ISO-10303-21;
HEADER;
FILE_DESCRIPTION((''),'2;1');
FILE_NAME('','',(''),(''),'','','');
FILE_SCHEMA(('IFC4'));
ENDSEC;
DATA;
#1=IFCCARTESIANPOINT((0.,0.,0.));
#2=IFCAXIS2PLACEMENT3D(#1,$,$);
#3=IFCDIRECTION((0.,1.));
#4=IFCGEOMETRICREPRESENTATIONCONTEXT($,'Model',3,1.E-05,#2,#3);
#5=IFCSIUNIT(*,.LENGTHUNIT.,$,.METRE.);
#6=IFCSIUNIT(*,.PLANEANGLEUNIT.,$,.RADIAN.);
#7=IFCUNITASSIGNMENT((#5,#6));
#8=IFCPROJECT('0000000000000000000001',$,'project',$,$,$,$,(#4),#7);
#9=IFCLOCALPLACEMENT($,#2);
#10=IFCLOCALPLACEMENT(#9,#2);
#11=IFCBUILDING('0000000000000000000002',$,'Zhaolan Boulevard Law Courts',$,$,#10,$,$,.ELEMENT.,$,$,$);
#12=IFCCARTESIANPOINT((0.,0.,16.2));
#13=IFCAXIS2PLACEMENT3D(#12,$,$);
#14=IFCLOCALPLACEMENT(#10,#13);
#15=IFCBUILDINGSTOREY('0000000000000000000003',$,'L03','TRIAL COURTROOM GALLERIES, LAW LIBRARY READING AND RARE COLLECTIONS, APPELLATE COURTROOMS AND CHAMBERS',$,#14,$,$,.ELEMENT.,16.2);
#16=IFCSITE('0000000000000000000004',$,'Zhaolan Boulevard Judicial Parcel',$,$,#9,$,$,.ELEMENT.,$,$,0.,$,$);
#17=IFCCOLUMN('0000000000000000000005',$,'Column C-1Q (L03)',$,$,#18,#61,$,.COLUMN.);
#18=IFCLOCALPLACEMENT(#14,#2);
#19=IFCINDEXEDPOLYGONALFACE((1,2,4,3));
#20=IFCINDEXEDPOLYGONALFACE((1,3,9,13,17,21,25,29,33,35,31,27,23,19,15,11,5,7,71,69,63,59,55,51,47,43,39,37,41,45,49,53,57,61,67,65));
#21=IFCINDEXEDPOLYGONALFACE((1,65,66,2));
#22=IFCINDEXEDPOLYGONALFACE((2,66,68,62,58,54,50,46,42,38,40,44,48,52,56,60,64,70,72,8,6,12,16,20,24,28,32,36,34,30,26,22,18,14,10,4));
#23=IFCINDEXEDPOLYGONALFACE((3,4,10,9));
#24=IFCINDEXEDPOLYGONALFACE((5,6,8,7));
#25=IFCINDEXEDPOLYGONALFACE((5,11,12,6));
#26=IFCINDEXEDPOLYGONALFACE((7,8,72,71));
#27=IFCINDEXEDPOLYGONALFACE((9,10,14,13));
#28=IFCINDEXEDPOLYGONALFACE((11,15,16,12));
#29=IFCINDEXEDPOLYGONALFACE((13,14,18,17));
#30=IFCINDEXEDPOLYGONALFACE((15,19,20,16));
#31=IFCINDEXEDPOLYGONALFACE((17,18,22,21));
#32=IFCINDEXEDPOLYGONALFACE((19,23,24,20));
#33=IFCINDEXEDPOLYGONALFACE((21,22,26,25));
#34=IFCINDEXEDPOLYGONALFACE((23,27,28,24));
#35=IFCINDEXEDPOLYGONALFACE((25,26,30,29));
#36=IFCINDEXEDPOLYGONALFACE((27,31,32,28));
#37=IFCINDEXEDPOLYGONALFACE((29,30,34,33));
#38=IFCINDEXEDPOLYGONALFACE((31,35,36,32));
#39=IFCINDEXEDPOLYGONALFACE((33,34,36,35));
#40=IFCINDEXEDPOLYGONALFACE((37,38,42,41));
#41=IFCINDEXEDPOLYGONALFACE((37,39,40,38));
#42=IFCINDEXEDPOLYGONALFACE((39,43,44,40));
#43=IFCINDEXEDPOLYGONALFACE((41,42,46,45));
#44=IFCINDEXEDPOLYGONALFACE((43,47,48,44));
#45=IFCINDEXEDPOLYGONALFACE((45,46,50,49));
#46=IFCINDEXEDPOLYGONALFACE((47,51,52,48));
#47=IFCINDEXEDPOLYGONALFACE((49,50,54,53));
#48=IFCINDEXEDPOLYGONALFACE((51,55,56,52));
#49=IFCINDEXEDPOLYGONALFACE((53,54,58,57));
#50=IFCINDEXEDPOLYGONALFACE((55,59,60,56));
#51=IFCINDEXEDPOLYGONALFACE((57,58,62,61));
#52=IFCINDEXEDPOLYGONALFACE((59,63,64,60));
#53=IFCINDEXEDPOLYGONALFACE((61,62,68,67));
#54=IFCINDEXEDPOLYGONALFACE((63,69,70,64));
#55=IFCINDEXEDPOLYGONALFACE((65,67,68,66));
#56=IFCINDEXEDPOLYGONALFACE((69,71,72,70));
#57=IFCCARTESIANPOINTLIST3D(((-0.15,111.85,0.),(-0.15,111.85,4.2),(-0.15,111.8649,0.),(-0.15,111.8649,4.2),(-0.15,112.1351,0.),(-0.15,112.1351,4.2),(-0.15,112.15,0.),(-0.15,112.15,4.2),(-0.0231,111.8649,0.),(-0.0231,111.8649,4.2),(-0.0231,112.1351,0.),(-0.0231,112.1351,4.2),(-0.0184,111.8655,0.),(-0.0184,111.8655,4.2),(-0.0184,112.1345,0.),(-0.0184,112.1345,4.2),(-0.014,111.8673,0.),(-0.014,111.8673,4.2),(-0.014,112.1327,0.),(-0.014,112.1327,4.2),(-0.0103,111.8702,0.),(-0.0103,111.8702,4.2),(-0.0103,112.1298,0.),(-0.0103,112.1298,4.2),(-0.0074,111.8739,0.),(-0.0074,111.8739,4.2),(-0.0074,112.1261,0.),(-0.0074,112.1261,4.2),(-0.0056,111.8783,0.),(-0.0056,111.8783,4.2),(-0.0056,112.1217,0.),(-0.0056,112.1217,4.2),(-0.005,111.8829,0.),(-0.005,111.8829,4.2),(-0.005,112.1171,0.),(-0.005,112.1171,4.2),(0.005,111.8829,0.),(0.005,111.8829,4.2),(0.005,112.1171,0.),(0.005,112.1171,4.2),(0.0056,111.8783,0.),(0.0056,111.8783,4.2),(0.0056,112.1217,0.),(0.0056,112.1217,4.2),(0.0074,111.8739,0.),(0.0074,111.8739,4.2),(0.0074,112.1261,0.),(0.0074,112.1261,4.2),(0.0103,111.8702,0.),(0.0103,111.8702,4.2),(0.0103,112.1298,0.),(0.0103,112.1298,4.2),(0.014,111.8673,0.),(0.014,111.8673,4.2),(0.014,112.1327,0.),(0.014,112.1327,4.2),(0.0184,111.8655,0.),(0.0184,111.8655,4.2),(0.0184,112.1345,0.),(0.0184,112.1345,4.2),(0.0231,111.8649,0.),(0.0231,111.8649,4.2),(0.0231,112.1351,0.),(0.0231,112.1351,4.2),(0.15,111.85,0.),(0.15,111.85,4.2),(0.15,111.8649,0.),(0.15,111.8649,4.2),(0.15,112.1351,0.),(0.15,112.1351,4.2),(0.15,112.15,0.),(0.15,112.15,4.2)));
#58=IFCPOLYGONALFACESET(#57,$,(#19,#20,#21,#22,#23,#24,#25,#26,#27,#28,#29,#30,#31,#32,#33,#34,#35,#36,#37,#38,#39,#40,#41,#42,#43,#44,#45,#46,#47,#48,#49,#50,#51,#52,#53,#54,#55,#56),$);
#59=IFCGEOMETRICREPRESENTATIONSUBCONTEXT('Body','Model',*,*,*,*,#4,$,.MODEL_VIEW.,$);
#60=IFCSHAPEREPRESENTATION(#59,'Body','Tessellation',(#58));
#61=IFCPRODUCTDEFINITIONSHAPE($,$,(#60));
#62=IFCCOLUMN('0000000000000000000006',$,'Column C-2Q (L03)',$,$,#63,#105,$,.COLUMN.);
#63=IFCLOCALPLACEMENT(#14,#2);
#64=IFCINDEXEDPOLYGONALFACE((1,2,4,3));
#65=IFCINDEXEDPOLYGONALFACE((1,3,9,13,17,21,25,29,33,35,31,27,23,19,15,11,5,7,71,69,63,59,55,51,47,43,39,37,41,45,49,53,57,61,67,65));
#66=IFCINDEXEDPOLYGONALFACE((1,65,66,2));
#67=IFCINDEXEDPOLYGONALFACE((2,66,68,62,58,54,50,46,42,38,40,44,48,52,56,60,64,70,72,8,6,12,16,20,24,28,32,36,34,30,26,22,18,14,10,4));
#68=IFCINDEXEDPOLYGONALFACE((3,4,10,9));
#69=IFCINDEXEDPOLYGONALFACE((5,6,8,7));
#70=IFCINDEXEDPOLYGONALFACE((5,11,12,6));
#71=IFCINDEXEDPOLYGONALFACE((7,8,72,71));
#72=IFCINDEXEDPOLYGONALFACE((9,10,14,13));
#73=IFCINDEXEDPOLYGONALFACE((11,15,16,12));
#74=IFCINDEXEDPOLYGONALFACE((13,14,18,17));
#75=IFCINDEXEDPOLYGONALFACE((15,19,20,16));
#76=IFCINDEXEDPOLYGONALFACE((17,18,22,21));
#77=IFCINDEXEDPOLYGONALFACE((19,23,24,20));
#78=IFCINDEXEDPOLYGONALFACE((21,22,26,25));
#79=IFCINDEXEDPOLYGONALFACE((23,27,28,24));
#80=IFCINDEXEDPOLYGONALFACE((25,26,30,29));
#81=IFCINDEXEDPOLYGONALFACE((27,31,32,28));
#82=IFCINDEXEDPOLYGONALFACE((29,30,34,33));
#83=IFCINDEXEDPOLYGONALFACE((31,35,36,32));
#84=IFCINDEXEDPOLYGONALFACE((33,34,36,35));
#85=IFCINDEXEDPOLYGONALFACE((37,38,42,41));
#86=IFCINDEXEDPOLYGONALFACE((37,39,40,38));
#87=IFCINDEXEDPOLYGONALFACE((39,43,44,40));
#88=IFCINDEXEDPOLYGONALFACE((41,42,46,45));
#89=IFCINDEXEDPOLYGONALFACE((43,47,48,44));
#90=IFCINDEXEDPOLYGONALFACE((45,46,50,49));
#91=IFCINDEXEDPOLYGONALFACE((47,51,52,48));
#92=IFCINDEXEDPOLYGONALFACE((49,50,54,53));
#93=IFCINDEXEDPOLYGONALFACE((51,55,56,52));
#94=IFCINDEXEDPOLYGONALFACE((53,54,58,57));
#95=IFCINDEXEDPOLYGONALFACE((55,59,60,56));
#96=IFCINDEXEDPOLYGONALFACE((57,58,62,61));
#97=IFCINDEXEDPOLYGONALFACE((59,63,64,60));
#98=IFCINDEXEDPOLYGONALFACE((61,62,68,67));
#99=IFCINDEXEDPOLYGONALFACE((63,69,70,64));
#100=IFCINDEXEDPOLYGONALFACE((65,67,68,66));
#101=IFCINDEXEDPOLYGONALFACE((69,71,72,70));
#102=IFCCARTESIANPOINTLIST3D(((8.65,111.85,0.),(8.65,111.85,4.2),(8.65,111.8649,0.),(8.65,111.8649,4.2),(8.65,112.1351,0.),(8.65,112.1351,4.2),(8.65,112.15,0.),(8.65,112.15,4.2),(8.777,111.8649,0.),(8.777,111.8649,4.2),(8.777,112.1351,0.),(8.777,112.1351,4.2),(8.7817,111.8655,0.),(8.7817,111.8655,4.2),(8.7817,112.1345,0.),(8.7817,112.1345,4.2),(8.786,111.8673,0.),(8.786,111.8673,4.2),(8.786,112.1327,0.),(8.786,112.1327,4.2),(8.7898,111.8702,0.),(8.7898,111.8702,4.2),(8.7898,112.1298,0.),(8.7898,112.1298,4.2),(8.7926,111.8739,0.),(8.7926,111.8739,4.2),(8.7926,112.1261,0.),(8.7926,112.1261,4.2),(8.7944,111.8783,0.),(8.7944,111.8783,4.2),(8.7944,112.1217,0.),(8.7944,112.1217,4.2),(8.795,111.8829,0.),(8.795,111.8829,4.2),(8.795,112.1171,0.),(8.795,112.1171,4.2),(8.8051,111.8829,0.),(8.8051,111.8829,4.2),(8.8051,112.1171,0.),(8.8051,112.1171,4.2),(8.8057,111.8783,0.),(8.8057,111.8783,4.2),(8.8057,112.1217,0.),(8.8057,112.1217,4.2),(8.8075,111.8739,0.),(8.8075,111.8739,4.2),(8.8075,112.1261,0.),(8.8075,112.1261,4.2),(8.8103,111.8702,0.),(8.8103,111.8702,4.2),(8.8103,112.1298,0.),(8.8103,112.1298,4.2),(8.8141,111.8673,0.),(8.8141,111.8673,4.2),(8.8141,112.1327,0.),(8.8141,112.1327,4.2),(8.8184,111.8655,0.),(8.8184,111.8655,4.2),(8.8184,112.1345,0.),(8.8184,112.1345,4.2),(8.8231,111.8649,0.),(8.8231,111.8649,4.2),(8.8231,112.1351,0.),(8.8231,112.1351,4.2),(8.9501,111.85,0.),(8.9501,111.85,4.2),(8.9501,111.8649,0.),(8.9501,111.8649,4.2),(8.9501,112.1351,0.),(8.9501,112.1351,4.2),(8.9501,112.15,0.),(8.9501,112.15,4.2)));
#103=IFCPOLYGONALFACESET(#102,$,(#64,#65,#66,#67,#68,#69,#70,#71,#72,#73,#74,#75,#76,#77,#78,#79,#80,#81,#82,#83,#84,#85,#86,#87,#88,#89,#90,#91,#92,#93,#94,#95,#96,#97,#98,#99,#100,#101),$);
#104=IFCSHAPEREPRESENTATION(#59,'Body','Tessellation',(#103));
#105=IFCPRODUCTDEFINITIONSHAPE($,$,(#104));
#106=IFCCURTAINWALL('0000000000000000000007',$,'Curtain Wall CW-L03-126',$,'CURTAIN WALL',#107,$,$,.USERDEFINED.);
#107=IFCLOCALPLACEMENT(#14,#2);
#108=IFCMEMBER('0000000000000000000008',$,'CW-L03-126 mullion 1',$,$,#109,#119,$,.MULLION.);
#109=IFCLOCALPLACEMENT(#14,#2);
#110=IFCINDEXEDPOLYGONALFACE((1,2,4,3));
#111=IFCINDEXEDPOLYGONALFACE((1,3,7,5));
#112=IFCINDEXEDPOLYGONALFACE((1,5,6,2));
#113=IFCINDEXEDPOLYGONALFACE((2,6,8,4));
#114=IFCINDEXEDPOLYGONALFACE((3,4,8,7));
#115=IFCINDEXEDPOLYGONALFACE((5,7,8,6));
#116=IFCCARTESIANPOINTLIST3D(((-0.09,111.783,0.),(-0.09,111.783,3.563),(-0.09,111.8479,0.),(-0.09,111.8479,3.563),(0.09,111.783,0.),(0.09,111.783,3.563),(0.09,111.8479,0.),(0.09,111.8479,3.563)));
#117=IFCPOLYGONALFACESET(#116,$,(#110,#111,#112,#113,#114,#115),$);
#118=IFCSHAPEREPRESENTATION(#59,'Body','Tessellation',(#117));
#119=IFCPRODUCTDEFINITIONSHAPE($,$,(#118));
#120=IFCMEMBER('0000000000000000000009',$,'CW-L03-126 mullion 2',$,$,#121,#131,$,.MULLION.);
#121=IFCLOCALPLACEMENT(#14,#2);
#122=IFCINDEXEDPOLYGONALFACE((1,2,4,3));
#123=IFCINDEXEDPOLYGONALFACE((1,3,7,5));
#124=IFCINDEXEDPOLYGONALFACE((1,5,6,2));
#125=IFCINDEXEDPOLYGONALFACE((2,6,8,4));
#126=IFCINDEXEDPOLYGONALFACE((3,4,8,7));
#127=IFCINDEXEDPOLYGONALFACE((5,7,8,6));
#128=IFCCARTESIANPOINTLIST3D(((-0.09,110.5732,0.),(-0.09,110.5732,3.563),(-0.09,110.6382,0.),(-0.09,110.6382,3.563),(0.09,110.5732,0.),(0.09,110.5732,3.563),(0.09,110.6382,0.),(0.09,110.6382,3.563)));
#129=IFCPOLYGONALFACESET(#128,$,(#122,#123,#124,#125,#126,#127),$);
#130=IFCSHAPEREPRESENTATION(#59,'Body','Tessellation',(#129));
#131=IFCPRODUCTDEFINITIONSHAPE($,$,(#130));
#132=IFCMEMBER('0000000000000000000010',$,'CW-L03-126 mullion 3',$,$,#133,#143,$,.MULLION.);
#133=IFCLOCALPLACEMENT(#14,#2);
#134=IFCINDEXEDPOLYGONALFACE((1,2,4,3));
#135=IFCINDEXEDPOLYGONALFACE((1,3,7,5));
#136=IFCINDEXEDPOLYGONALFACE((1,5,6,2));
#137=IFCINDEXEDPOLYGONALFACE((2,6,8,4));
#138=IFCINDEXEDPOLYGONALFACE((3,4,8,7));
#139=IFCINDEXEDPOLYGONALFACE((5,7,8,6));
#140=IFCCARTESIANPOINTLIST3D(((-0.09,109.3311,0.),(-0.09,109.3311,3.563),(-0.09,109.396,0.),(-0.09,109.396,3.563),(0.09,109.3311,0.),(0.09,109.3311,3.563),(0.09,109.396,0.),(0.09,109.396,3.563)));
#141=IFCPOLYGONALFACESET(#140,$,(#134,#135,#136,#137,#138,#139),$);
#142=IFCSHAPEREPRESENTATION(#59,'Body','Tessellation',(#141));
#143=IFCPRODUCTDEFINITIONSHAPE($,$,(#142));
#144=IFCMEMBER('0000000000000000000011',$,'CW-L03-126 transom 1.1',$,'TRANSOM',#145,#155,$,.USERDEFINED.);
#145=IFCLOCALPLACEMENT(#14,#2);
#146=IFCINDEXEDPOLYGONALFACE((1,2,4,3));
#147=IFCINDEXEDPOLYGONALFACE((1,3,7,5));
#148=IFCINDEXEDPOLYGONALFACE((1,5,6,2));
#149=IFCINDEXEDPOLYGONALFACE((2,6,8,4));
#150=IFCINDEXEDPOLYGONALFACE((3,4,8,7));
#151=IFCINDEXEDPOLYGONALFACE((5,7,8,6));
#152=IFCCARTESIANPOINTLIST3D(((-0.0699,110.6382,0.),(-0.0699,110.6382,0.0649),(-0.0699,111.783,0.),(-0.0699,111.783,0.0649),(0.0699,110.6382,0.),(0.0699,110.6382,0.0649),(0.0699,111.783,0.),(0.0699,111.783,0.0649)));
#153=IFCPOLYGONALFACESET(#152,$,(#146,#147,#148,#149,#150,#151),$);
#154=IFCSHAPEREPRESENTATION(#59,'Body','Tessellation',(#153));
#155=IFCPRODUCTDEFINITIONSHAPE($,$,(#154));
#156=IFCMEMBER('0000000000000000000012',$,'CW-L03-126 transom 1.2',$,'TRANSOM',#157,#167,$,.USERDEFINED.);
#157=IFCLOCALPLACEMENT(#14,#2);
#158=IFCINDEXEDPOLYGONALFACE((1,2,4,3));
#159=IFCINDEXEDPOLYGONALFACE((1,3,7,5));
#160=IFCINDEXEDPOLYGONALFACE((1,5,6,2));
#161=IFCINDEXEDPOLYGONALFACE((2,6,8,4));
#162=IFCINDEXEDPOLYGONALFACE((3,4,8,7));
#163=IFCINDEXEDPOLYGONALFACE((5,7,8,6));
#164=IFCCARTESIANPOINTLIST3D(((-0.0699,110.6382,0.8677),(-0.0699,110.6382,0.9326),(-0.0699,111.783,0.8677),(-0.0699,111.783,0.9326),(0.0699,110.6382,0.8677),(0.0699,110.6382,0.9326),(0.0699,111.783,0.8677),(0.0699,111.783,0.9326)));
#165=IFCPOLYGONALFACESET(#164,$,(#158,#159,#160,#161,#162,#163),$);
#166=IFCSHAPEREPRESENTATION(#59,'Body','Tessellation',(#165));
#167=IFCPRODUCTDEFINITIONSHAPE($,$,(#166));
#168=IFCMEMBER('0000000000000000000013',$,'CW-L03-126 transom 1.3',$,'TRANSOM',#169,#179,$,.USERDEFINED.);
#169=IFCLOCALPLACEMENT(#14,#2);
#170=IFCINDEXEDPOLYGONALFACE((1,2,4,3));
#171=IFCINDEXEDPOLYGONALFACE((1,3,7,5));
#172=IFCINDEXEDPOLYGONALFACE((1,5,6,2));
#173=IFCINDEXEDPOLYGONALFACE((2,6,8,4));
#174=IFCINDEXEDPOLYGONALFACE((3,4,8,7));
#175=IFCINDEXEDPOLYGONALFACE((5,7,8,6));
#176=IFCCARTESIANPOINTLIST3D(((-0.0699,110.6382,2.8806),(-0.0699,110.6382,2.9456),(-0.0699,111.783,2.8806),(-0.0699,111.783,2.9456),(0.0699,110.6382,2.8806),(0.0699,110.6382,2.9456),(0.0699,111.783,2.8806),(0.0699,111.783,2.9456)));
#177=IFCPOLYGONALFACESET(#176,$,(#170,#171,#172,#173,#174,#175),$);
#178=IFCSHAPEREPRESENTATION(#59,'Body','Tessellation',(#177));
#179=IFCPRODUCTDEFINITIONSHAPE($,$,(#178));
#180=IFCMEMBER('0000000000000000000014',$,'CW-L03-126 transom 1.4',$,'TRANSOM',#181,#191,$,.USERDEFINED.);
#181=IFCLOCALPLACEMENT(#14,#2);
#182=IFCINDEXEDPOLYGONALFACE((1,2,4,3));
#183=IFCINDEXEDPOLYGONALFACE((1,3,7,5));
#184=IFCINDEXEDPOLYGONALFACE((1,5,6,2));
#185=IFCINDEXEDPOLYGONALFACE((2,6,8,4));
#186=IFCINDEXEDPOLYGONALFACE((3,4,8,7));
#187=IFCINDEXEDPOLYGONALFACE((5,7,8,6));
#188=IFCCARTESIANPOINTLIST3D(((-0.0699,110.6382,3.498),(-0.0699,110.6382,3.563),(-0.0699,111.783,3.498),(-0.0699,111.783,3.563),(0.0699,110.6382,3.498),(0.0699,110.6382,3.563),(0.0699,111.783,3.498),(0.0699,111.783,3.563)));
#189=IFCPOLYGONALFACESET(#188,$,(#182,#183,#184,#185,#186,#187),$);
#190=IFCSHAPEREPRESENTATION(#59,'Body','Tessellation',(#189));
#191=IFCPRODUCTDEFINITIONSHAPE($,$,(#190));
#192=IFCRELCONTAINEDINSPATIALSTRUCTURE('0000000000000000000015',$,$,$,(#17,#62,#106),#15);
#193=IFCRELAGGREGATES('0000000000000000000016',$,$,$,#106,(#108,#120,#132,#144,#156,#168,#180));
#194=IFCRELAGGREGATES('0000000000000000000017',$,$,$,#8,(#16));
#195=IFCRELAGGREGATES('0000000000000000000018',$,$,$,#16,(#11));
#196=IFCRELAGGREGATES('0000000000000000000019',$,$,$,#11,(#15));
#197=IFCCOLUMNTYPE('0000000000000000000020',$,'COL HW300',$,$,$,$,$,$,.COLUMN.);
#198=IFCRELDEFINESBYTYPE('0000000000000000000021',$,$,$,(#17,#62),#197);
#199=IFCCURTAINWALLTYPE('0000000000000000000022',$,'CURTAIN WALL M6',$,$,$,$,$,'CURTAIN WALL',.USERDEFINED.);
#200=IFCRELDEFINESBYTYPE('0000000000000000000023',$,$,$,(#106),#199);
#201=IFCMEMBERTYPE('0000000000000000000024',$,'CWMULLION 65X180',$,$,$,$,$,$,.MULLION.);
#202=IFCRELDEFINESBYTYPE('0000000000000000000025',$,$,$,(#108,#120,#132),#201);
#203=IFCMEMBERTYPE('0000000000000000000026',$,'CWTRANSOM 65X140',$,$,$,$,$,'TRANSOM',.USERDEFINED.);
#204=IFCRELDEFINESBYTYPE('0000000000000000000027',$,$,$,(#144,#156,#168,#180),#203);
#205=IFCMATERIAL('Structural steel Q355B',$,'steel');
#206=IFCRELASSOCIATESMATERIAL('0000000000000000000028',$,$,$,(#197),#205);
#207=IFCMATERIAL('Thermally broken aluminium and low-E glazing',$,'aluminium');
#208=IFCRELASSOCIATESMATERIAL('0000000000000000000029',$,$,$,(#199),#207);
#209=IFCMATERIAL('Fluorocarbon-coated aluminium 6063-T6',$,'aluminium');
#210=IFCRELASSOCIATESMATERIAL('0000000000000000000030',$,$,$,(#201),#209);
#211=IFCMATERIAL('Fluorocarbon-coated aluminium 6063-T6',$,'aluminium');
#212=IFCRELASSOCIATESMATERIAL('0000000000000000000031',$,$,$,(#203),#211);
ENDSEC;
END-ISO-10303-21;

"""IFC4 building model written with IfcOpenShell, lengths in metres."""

from ifc_helpers import new_model, si_unit, direction, frame, origin, origin_2d, place, context, subcontext, project, spatial, rectangle, i_section, extrude, material, material_profile, profile_set, type_object, element, aggregate, save


model = new_model("IFC4")

# Units and contexts
model_context = context("Model", 3, precision=1e-05, world=origin(), true_north=direction((0.0, 1.0)))
body_context = subcontext(model_context, "Body", "Model", "MODEL_VIEW")
ifc_project = project(units=[si_unit("LENGTHUNIT", "METRE"), si_unit("PLANEANGLEUNIT", "RADIAN")], contexts=[model_context])

# Site, building, storey
site_placement = place(None, origin())
site = spatial("IfcSite", under=ifc_project, at=site_placement, Name="Zhaolan Boulevard Judicial Parcel", CompositionType="ELEMENT", RefElevation=0.0)
building_placement = place(site_placement, origin())
building = spatial("IfcBuilding", under=site, at=building_placement, Name="Zhaolan Boulevard Law Courts", CompositionType="ELEMENT")
storey_placement = place(building_placement, frame((0.0, 0.0, 16.2)))
storey = spatial("IfcBuildingStorey", under=building, at=storey_placement, Name="L03", Description="TRIAL COURTROOM GALLERIES, LAW LIBRARY READING AND RARE COLLECTIONS, APPELLATE COURTROOMS AND CHAMBERS", CompositionType="ELEMENT", Elevation=16.2)

# Columns
ifc_material_1 = material(Name="Structural steel Q355B", Category="steel")
ifc_material_profile_1 = material_profile(ifc_material_1, i_section(OverallWidth=0.3, OverallDepth=0.3, WebThickness=0.01, FlangeThickness=0.0149, FilletRadius=0.0181, at=origin_2d()), Name="HW300x300")
ifc_profile_set_1 = profile_set([ifc_material_profile_1], Name="Structural steel Q355B")
column_type = type_object("IfcColumnType", Name="COL HW300", PredefinedType="COLUMN", material=ifc_profile_set_1)
for number, where, z_axis, x_axis, name in (
    (1, (0.0, 112.0, 0.0), (0.0, 0.0, 1.0), (1.0, 0.0, 0.0), "Column C-1Q (L03)"),
    (2, (8.8, 112.0, 0.0), (0.0, 0.0, 1.0), (1.0, 0.0, 0.0), "Column C-2Q (L03)"),
):
    element("IfcColumn", number, at=place(storey_placement, frame(where, z_axis=z_axis, x_axis=x_axis)), inside=storey, type_object=column_type, Name=name, PredefinedType="COLUMN", context=body_context, shape_type="SweptSolid", body=[
        extrude(i_section(OverallWidth=0.3, OverallDepth=0.3, WebThickness=0.01, FlangeThickness=0.0149, FilletRadius=0.0181, at=origin_2d()), origin(), (0.0, 0.0, 1.0), 4.2),
    ])

# Curtain wall, members
ifc_material_2 = material(Name="Thermally broken aluminium and low-E glazing", Category="aluminium")
curtain_wall_type = type_object("IfcCurtainWallType", Name="CURTAIN WALL M6", ElementType="CURTAIN WALL", PredefinedType="USERDEFINED", material=ifc_material_2)
curtain_wall_placement = place(storey_placement, origin())
curtain_wall = element("IfcCurtainWall", 3, at=curtain_wall_placement, inside=storey, type_object=curtain_wall_type, Name="Curtain Wall CW-L03-126", ObjectType="CURTAIN WALL", PredefinedType="USERDEFINED")
ifc_material_3 = material(Name="Fluorocarbon-coated aluminium 6063-T6", Category="aluminium")
ifc_material_profile_2 = material_profile(ifc_material_3, rectangle(XDim=0.1799, YDim=0.0649, at=origin_2d()), Name="AL65x180")
ifc_profile_set_2 = profile_set([ifc_material_profile_2], Name="Fluorocarbon-coated aluminium 6063-T6")
member_type_1 = type_object("IfcMemberType", Name="CWMULLION 65X180", PredefinedType="MULLION", material=ifc_profile_set_2)
member_1_placement = place(storey_placement, frame((0.0, 111.8154, 0.0), z_axis=(0.0, 0.0, 1.0), x_axis=(1.0, 0.0, 0.0)))
member_1 = element("IfcMember", 4, at=member_1_placement, type_object=member_type_1, Name="CW-L03-126 mullion 1", PredefinedType="MULLION", context=body_context, shape_type="SweptSolid", body=[
    extrude(rectangle(XDim=0.1799, YDim=0.0649, at=origin_2d()), origin(), (0.0, 0.0, 1.0), 3.563),
])
member_2_placement = place(storey_placement, frame((0.0, 110.6057, 0.0), z_axis=(0.0, 0.0, 1.0), x_axis=(1.0, 0.0, 0.0)))
member_2 = element("IfcMember", 5, at=member_2_placement, type_object=member_type_1, Name="CW-L03-126 mullion 2", PredefinedType="MULLION", context=body_context, shape_type="SweptSolid", body=[
    extrude(rectangle(XDim=0.1799, YDim=0.0649, at=origin_2d()), origin(), (0.0, 0.0, 1.0), 3.563),
])
member_3_placement = place(storey_placement, frame((0.0, 109.3635, 0.0), z_axis=(0.0, 0.0, 1.0), x_axis=(1.0, 0.0, 0.0)))
member_3 = element("IfcMember", 6, at=member_3_placement, type_object=member_type_1, Name="CW-L03-126 mullion 3", PredefinedType="MULLION", context=body_context, shape_type="SweptSolid", body=[
    extrude(rectangle(XDim=0.1799, YDim=0.0649, at=origin_2d()), origin(), (0.0, 0.0, 1.0), 3.563),
])
ifc_material_4 = material(Name="Fluorocarbon-coated aluminium 6063-T6", Category="aluminium")
ifc_material_profile_3 = material_profile(ifc_material_4, rectangle(XDim=0.1399, YDim=0.0649, at=origin_2d()), Name="AL65x140")
ifc_profile_set_3 = profile_set([ifc_material_profile_3], Name="Fluorocarbon-coated aluminium 6063-T6")
member_type_2 = type_object("IfcMemberType", Name="CWTRANSOM 65X140", ElementType="TRANSOM", PredefinedType="USERDEFINED", material=ifc_profile_set_3)
member_4_placement = place(storey_placement, frame((0.0, 111.783, 0.0325), z_axis=(0.0, -1.0, 0.0), x_axis=(1.0, 0.0, 0.0)))
member_4 = element("IfcMember", 7, at=member_4_placement, type_object=member_type_2, Name="CW-L03-126 transom 1.1", ObjectType="TRANSOM", PredefinedType="USERDEFINED", context=body_context, shape_type="SweptSolid", body=[
    extrude(rectangle(XDim=0.1399, YDim=0.0649, at=origin_2d()), origin(), (0.0, 0.0, 1.0), 1.1448),
])
member_5_placement = place(storey_placement, frame((0.0, 111.783, 0.9001), z_axis=(0.0, -1.0, 0.0), x_axis=(1.0, 0.0, 0.0)))
member_5 = element("IfcMember", 8, at=member_5_placement, type_object=member_type_2, Name="CW-L03-126 transom 1.2", ObjectType="TRANSOM", PredefinedType="USERDEFINED", context=body_context, shape_type="SweptSolid", body=[
    extrude(rectangle(XDim=0.1399, YDim=0.0649, at=origin_2d()), origin(), (0.0, 0.0, 1.0), 1.1448),
])
member_6_placement = place(storey_placement, frame((0.0, 111.783, 2.9131), z_axis=(0.0, -1.0, 0.0), x_axis=(1.0, 0.0, 0.0)))
member_6 = element("IfcMember", 9, at=member_6_placement, type_object=member_type_2, Name="CW-L03-126 transom 1.3", ObjectType="TRANSOM", PredefinedType="USERDEFINED", context=body_context, shape_type="SweptSolid", body=[
    extrude(rectangle(XDim=0.1399, YDim=0.0649, at=origin_2d()), origin(), (0.0, 0.0, 1.0), 1.1448),
])
member_7_placement = place(storey_placement, frame((0.0, 111.783, 3.5305), z_axis=(0.0, -1.0, 0.0), x_axis=(1.0, 0.0, 0.0)))
member_7 = element("IfcMember", 10, at=member_7_placement, type_object=member_type_2, Name="CW-L03-126 transom 1.4", ObjectType="TRANSOM", PredefinedType="USERDEFINED", context=body_context, shape_type="SweptSolid", body=[
    extrude(rectangle(XDim=0.1399, YDim=0.0649, at=origin_2d()), origin(), (0.0, 0.0, 1.0), 1.1448),
])

aggregate(curtain_wall, [member_1, member_2, member_3, member_4, member_5, member_6, member_7])

save(model, "model.ifc")
